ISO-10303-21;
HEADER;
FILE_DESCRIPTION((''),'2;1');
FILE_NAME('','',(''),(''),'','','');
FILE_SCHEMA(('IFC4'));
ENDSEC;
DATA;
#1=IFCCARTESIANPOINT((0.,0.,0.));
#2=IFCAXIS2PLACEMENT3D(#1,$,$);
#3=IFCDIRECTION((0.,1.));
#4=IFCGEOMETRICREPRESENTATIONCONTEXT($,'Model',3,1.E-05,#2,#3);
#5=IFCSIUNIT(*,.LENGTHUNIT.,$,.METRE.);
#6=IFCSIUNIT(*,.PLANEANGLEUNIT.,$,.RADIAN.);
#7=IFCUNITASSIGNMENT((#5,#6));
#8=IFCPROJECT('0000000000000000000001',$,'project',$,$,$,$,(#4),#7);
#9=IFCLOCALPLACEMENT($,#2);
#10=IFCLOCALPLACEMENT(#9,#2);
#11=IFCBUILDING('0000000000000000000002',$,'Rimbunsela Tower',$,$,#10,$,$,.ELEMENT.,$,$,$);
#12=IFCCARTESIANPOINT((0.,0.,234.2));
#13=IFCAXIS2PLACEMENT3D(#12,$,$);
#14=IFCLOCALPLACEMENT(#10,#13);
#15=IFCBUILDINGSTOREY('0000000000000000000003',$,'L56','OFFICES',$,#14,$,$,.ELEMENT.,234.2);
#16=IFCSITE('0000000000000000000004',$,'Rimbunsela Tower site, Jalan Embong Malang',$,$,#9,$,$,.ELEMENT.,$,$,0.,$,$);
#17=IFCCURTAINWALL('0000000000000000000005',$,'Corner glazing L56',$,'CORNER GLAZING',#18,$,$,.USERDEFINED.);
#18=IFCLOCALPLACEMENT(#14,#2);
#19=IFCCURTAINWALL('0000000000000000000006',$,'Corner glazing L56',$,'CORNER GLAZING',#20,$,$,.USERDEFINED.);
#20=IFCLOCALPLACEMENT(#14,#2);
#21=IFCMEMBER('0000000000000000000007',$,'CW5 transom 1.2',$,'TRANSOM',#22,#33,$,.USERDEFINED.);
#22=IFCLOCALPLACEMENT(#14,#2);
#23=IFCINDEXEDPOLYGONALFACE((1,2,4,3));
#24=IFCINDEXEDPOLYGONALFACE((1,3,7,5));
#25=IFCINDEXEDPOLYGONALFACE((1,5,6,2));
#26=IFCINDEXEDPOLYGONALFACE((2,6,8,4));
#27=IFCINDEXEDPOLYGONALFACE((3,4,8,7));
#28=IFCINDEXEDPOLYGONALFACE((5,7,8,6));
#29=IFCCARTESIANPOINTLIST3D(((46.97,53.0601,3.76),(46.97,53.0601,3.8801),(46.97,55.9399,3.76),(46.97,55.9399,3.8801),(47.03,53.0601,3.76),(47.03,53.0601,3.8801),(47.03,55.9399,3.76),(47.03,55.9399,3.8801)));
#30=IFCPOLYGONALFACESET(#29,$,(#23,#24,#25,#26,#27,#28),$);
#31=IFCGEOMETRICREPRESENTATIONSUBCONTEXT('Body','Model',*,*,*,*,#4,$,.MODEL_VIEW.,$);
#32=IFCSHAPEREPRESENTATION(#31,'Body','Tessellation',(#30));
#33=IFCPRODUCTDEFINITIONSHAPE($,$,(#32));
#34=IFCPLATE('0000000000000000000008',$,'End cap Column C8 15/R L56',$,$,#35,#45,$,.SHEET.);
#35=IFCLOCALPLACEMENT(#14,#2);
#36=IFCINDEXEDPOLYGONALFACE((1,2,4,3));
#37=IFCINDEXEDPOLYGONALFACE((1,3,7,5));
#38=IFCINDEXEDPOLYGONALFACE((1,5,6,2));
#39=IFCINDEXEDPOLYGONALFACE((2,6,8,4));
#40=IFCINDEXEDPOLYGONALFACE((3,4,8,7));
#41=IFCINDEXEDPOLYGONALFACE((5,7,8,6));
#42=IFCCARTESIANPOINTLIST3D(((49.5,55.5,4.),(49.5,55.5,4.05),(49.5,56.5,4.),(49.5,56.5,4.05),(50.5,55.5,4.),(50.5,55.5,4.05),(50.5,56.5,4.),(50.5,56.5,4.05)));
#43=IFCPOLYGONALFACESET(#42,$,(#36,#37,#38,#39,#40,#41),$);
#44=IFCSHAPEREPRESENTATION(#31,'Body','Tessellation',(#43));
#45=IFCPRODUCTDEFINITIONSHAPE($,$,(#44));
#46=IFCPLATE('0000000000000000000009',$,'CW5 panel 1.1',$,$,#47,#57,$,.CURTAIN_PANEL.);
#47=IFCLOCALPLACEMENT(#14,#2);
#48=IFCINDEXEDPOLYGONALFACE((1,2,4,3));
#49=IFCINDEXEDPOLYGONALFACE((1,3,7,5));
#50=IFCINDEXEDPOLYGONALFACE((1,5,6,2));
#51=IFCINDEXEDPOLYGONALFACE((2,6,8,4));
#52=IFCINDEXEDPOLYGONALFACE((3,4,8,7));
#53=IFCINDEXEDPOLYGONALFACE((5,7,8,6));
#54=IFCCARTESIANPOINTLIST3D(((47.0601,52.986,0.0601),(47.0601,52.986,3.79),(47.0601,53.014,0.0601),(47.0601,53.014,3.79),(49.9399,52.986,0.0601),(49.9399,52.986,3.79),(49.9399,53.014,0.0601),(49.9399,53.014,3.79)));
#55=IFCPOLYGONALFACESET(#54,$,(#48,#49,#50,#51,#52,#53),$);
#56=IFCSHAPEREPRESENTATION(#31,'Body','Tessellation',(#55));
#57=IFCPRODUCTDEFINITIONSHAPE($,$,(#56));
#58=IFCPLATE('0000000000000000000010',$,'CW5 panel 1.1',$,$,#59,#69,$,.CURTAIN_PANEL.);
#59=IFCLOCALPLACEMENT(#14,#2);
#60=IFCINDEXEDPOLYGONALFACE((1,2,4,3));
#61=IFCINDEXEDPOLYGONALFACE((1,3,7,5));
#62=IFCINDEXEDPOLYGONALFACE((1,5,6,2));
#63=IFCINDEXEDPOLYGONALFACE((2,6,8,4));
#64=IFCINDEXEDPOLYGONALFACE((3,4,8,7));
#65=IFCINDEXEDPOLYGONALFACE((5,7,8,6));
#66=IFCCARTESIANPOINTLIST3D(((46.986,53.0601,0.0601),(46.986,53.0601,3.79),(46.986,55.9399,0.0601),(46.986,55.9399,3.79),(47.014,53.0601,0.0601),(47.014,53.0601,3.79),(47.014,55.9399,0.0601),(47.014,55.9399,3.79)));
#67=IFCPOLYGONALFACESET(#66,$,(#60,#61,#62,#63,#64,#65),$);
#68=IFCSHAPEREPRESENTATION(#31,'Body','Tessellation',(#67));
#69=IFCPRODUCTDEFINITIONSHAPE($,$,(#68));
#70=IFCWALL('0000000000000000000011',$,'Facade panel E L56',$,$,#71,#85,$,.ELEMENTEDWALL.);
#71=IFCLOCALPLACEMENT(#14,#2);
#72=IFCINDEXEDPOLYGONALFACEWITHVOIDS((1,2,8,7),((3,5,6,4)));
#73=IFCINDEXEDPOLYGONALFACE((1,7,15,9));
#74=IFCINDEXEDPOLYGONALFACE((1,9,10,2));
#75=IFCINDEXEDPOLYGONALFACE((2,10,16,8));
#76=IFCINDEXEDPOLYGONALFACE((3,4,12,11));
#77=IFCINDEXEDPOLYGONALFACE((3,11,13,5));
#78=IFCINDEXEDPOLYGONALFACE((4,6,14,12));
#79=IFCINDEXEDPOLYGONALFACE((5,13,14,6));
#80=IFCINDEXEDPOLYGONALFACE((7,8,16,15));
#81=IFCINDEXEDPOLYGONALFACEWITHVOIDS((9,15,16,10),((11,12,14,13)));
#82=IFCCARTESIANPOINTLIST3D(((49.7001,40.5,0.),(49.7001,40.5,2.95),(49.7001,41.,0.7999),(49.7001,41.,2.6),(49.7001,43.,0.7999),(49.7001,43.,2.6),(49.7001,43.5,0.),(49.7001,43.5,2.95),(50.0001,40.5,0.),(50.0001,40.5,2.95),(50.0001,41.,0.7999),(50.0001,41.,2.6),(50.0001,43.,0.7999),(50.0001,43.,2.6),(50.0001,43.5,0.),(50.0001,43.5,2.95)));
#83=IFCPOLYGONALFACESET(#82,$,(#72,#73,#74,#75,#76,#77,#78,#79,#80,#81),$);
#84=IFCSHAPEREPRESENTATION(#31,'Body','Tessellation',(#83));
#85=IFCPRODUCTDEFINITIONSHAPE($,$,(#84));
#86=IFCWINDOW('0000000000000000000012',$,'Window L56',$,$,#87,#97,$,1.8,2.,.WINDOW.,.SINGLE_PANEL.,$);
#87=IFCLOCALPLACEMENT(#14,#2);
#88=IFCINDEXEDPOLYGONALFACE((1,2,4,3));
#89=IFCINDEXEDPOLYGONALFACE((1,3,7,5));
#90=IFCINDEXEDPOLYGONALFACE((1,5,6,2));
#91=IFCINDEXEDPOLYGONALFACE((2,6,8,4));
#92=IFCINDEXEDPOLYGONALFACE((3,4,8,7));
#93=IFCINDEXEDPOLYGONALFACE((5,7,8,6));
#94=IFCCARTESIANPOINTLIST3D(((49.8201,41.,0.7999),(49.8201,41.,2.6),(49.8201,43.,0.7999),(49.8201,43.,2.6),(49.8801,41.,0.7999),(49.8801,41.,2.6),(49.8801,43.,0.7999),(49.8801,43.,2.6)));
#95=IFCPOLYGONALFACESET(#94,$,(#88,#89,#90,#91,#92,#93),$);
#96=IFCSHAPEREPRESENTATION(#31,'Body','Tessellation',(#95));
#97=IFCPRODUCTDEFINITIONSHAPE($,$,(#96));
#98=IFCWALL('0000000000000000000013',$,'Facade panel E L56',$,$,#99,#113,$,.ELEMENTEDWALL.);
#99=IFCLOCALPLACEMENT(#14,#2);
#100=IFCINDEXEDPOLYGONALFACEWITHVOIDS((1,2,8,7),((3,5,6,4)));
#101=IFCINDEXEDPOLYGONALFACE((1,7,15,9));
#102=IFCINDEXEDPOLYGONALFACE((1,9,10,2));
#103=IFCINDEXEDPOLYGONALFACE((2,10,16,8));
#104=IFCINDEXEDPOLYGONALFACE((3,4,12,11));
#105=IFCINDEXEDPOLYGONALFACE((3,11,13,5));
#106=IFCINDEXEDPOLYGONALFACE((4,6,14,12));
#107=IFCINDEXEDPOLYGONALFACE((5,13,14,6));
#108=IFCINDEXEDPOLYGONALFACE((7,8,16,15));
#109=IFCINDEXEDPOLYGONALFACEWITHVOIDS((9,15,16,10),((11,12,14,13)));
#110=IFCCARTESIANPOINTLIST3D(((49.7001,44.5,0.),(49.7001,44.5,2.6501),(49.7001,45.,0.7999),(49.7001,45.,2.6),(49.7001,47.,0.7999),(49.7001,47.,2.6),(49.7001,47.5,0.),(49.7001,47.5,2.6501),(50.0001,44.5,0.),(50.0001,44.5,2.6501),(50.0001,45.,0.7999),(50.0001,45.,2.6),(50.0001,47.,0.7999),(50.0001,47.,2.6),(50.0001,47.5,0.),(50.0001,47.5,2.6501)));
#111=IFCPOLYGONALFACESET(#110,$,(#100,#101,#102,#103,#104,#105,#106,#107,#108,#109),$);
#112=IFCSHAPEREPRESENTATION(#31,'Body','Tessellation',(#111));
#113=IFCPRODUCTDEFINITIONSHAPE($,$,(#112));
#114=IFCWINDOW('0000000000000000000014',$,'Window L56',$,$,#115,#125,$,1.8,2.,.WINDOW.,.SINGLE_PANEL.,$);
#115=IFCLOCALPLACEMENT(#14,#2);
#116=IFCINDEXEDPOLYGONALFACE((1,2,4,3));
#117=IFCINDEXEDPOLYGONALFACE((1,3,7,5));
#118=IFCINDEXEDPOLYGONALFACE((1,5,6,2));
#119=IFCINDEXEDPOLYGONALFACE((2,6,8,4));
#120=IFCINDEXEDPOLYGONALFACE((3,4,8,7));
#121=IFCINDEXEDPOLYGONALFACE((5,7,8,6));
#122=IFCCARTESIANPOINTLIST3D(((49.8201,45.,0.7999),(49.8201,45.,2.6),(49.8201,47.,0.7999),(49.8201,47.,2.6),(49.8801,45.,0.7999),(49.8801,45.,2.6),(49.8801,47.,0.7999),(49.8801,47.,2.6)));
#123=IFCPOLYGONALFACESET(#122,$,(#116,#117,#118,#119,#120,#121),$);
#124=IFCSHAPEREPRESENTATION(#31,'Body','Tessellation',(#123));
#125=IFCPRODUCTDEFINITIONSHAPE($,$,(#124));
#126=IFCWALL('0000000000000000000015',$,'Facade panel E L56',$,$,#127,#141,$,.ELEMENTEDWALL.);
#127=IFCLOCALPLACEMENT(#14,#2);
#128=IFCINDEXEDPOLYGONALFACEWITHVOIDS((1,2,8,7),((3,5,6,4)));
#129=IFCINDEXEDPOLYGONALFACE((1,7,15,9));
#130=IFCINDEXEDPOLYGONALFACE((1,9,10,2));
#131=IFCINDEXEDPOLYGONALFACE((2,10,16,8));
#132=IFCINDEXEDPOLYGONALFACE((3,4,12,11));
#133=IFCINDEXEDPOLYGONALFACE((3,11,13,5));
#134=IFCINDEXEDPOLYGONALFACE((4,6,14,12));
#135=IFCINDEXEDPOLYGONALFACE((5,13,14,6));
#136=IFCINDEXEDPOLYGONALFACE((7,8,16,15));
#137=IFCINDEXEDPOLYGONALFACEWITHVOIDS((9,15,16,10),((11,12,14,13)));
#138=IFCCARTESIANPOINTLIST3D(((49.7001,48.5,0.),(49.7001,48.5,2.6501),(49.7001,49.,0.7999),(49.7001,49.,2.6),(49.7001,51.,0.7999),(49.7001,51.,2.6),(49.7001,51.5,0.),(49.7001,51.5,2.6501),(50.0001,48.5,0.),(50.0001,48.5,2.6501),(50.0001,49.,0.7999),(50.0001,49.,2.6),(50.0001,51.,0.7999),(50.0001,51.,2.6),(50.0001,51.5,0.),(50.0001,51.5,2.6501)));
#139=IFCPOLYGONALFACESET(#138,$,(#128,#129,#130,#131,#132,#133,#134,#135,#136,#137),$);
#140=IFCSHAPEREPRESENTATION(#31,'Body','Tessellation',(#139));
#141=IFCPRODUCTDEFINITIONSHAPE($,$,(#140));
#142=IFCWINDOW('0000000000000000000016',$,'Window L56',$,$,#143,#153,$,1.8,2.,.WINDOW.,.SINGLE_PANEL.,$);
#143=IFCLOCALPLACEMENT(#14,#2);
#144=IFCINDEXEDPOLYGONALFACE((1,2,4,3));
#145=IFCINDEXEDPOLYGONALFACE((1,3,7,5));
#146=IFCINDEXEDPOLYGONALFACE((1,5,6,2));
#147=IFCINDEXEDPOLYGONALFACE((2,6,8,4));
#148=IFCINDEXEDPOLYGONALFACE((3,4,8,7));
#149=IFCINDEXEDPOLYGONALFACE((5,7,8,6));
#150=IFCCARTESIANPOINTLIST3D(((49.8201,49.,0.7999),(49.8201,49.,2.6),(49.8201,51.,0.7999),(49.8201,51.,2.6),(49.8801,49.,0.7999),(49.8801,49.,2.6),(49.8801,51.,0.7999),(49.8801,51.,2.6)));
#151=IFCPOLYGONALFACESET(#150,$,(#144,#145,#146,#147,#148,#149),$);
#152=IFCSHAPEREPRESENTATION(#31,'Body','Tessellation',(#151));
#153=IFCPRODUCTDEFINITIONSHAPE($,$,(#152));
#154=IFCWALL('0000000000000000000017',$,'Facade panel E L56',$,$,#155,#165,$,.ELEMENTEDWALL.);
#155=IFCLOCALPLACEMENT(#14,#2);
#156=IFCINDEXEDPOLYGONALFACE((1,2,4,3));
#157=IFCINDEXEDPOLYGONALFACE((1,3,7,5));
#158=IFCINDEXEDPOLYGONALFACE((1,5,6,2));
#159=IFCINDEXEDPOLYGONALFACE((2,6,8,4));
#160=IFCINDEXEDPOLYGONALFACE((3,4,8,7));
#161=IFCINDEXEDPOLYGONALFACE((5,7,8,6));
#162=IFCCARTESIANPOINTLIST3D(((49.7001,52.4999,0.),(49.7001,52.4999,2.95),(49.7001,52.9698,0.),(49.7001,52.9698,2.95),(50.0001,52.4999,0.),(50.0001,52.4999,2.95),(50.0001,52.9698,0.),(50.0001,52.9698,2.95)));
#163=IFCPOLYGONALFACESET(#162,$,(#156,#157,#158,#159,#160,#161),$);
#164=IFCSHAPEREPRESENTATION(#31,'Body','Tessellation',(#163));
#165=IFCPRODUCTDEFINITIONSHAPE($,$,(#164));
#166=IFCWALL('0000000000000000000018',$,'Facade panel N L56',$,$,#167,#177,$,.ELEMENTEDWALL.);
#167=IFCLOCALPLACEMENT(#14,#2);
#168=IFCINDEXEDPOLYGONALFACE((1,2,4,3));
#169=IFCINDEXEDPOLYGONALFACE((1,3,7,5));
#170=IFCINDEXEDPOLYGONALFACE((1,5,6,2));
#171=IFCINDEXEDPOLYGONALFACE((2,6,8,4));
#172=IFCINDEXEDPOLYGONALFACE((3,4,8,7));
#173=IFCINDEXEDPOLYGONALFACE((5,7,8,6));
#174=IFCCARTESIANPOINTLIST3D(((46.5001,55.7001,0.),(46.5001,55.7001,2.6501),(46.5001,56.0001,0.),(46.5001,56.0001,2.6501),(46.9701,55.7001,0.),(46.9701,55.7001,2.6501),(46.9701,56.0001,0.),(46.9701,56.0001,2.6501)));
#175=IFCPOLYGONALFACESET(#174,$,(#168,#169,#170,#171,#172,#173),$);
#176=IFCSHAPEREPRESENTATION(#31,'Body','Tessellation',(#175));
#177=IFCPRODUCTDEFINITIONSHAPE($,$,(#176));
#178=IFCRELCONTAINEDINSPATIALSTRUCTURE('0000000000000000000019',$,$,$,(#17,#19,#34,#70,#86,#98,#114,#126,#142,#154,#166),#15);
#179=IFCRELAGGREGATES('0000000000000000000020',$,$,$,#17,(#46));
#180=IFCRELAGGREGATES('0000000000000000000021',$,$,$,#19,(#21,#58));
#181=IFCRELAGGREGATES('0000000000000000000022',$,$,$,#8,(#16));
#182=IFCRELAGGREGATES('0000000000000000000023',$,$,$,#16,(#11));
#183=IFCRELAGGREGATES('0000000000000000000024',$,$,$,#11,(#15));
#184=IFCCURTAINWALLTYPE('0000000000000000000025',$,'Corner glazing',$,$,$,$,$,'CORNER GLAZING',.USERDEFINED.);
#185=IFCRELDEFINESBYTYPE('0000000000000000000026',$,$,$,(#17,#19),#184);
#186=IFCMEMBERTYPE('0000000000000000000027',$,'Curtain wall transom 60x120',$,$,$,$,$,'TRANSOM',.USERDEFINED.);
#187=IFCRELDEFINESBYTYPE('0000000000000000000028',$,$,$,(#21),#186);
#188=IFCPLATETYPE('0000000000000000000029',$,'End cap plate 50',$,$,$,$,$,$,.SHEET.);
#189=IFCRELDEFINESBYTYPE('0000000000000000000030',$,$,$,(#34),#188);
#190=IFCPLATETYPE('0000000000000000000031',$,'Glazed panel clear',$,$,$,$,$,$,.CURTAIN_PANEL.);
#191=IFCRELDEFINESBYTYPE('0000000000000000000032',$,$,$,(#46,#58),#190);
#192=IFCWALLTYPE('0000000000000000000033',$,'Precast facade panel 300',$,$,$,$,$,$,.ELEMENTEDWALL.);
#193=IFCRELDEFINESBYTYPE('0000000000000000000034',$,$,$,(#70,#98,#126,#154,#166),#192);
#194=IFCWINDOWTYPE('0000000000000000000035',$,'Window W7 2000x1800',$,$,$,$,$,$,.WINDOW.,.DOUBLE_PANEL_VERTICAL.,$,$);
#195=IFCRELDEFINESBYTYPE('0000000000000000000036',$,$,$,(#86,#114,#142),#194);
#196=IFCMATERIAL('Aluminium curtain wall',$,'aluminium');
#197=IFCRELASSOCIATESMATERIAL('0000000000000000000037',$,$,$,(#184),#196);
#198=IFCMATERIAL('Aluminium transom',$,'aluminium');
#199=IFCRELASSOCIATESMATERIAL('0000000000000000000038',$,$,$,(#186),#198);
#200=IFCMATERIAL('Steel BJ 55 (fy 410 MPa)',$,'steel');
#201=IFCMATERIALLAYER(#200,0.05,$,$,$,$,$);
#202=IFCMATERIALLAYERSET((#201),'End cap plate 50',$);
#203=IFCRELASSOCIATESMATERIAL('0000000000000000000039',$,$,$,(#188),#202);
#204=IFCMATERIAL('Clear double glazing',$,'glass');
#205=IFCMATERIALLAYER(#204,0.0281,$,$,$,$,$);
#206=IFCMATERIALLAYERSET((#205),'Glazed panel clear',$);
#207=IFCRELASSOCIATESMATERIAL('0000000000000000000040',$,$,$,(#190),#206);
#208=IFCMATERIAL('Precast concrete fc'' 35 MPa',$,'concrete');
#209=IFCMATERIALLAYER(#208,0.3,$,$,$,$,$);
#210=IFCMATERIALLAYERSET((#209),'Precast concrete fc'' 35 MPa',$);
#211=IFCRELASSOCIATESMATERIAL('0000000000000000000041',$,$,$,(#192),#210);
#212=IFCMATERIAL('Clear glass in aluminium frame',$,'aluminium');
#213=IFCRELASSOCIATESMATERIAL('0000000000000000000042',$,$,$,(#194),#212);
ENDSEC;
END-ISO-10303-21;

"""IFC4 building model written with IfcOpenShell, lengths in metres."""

from ifc_helpers import new_model, si_unit, direction, frame, frame_2d, origin, origin_2d, place, context, subcontext, project, spatial, rectangle, extrude, material, layer, layer_set, material_profile, profile_set, type_object, element, fill, aggregate, save


model = new_model("IFC4")

# Units and contexts
model_context = context("Model", 3, precision=1e-05, world=origin(), true_north=direction((0.0, 1.0)))
body_context = subcontext(model_context, "Body", "Model", "MODEL_VIEW")
ifc_project = project(units=[si_unit("LENGTHUNIT", "METRE"), si_unit("PLANEANGLEUNIT", "RADIAN")], contexts=[model_context])

# Site, building, storey
site_placement = place(None, origin())
site = spatial("IfcSite", under=ifc_project, at=site_placement, Name="Rimbunsela Tower site, Jalan Embong Malang", CompositionType="ELEMENT", RefElevation=0.0)
building_placement = place(site_placement, origin())
building = spatial("IfcBuilding", under=site, at=building_placement, Name="Rimbunsela Tower", CompositionType="ELEMENT")
storey_placement = place(building_placement, frame((0.0, 0.0, 234.2)))
storey = spatial("IfcBuildingStorey", under=building, at=storey_placement, Name="L56", Description="OFFICES", CompositionType="ELEMENT", Elevation=234.2)

# Curtain walls
ifc_material_1 = material(Name="Aluminium curtain wall", Category="aluminium")
curtain_wall_type = type_object("IfcCurtainWallType", Name="Corner glazing", ElementType="CORNER GLAZING", PredefinedType="USERDEFINED", material=ifc_material_1)
curtain_wall_1_placement = place(storey_placement, origin())
curtain_wall_1 = element("IfcCurtainWall", 1, at=curtain_wall_1_placement, inside=storey, type_object=curtain_wall_type, Name="Corner glazing L56", ObjectType="CORNER GLAZING", PredefinedType="USERDEFINED")
curtain_wall_2_placement = place(storey_placement, origin())
curtain_wall_2 = element("IfcCurtainWall", 2, at=curtain_wall_2_placement, inside=storey, type_object=curtain_wall_type, Name="Corner glazing L56", ObjectType="CORNER GLAZING", PredefinedType="USERDEFINED")

# Member
ifc_material_2 = material(Name="Aluminium transom", Category="aluminium")
ifc_material_profile_1 = material_profile(ifc_material_2, rectangle(XDim=0.0601, YDim=0.1201, at=origin_2d()), Name="Transom 60x120")
ifc_profile_set_1 = profile_set([ifc_material_profile_1], Name="Aluminium transom")
member_type_1 = type_object("IfcMemberType", Name="Curtain wall transom 60x120", ElementType="TRANSOM", PredefinedType="USERDEFINED", material=ifc_profile_set_1)
member_1_placement = place(storey_placement, frame((47.0, 53.0601, 3.8201), z_axis=(0.0, 1.0, 0.0), x_axis=(-1.0, 0.0, 0.0)))
member_1 = element("IfcMember", 3, at=member_1_placement, type_object=member_type_1, Name="CW5 transom 1.2", ObjectType="TRANSOM", PredefinedType="USERDEFINED", context=body_context, shape_type="SweptSolid", body=[
    extrude(rectangle(XDim=0.0601, YDim=0.1201, at=origin_2d()), origin(), (0.0, 0.0, 1.0), 2.8799),
])

# Plates
ifc_material_3 = material(Name="Steel BJ 55 (fy 410 MPa)", Category="steel")
ifc_layer_1 = layer(ifc_material_3, 0.05)
ifc_layer_set_1 = layer_set([ifc_layer_1], Name="End cap plate 50")
plate_type_1 = type_object("IfcPlateType", Name="End cap plate 50", PredefinedType="SHEET", material=ifc_layer_set_1)
plate_1_placement = place(storey_placement, frame((50.0, 56.0, 4.0), z_axis=(0.0, 0.0, 1.0), x_axis=(1.0, 0.0, 0.0)))
element("IfcPlate", 4, at=plate_1_placement, inside=storey, type_object=plate_type_1, Name="End cap Column C8 15/R L56", PredefinedType="SHEET", context=body_context, shape_type="SweptSolid", body=[
    extrude(rectangle(XDim=1.0, YDim=1.0, at=origin_2d()), origin(), (0.0, 0.0, 1.0), 0.05),
])
ifc_material_4 = material(Name="Clear double glazing", Category="glass")
ifc_layer_2 = layer(ifc_material_4, 0.0281)
ifc_layer_set_2 = layer_set([ifc_layer_2], Name="Glazed panel clear")
plate_type_2 = type_object("IfcPlateType", Name="Glazed panel clear", PredefinedType="CURTAIN_PANEL", material=ifc_layer_set_2)
plate_2_placement = place(storey_placement, frame((48.5, 53.0, 0.0601), z_axis=(0.0, 0.0, 1.0), x_axis=(-1.0, 0.0, 0.0)))
plate_2 = element("IfcPlate", 5, at=plate_2_placement, type_object=plate_type_2, Name="CW5 panel 1.1", PredefinedType="CURTAIN_PANEL", context=body_context, shape_type="SweptSolid", body=[
    extrude(rectangle(XDim=2.8799, YDim=0.0281, at=origin_2d()), origin(), (0.0, 0.0, 1.0), 3.73),
])
aggregate(curtain_wall_1, [plate_2])
plate_3_placement = place(storey_placement, frame((47.0, 54.5, 0.0601), z_axis=(0.0, 0.0, 1.0), x_axis=(0.0, 1.0, 0.0)))
plate_3 = element("IfcPlate", 6, at=plate_3_placement, type_object=plate_type_2, Name="CW5 panel 1.1", PredefinedType="CURTAIN_PANEL", context=body_context, shape_type="SweptSolid", body=[
    extrude(rectangle(XDim=2.8799, YDim=0.0281, at=origin_2d()), origin(), (0.0, 0.0, 1.0), 3.73),
])
aggregate(curtain_wall_2, [member_1, plate_3])

# Walls, openings, windows
ifc_material_5 = material(Name="Precast concrete fc' 35 MPa", Category="concrete")
ifc_layer_3 = layer(ifc_material_5, 0.3)
ifc_layer_set_3 = layer_set([ifc_layer_3], Name="Precast concrete fc' 35 MPa")
wall_type = type_object("IfcWallType", Name="Precast facade panel 300", PredefinedType="ELEMENTEDWALL", material=ifc_layer_set_3)
wall_1_placement = place(storey_placement, frame((49.8501, 40.5, 0.0), z_axis=(0.0, 0.0, 1.0), x_axis=(0.0, 1.0, 0.0)))
wall_1 = element("IfcWall", 7, at=wall_1_placement, inside=storey, type_object=wall_type, Name="Facade panel E L56", PredefinedType="ELEMENTEDWALL", context=body_context, shape_type="SweptSolid", body=[
    extrude(rectangle(XDim=3.0, YDim=0.3, at=frame_2d((1.5, 0.0))), origin(), (0.0, 0.0, 1.0), 2.95),
])
opening_1_placement = place(wall_1_placement, frame((0.5, 0.0, 0.8)))
opening_1 = element("IfcOpeningElement", 8, at=opening_1_placement, cuts=wall_1, PredefinedType="OPENING", context=body_context, shape_type="SweptSolid", body=[
    extrude(rectangle(XDim=2.0, YDim=1.8, at=frame_2d((1.0, 0.8999))), frame((0.0, 0.1599, 0.0), z_axis=(0.0, -1.0, 0.0), x_axis=(1.0, 0.0, 0.0)), (0.0, 0.0, 1.0), 0.3201),
])
ifc_material_6 = material(Name="Clear glass in aluminium frame", Category="aluminium")
window_type = type_object("IfcWindowType", Name="Window W7 2000x1800", PartitioningType="DOUBLE_PANEL_VERTICAL", PredefinedType="WINDOW", material=ifc_material_6)
window_1_placement = place(opening_1_placement, origin())
window_1 = element("IfcWindow", 9, at=window_1_placement, inside=storey, type_object=window_type, Name="Window L56", OverallHeight=1.8, OverallWidth=2.0, PartitioningType="SINGLE_PANEL", PredefinedType="WINDOW", context=body_context, shape_type="SweptSolid", body=[
    extrude(rectangle(XDim=2.0, YDim=1.8, at=frame_2d((1.0, 0.8999))), frame((0.0, 0.03, 0.0), z_axis=(0.0, -1.0, 0.0), x_axis=(1.0, 0.0, 0.0)), (0.0, 0.0, 1.0), 0.0601),
])
fill(opening_1, window_1)
wall_2_placement = place(storey_placement, frame((49.8501, 44.5, 0.0), z_axis=(0.0, 0.0, 1.0), x_axis=(0.0, 1.0, 0.0)))
wall_2 = element("IfcWall", 10, at=wall_2_placement, inside=storey, type_object=wall_type, Name="Facade panel E L56", PredefinedType="ELEMENTEDWALL", context=body_context, shape_type="SweptSolid", body=[
    extrude(rectangle(XDim=3.0, YDim=0.3, at=frame_2d((1.5, 0.0))), origin(), (0.0, 0.0, 1.0), 2.6501),
])
opening_2_placement = place(wall_2_placement, frame((0.5, 0.0, 0.8)))
opening_2 = element("IfcOpeningElement", 11, at=opening_2_placement, cuts=wall_2, PredefinedType="OPENING", context=body_context, shape_type="SweptSolid", body=[
    extrude(rectangle(XDim=2.0, YDim=1.8, at=frame_2d((1.0, 0.8999))), frame((0.0, 0.1599, 0.0), z_axis=(0.0, -1.0, 0.0), x_axis=(1.0, 0.0, 0.0)), (0.0, 0.0, 1.0), 0.3201),
])
window_2_placement = place(opening_2_placement, origin())
window_2 = element("IfcWindow", 12, at=window_2_placement, inside=storey, type_object=window_type, Name="Window L56", OverallHeight=1.8, OverallWidth=2.0, PartitioningType="SINGLE_PANEL", PredefinedType="WINDOW", context=body_context, shape_type="SweptSolid", body=[
    extrude(rectangle(XDim=2.0, YDim=1.8, at=frame_2d((1.0, 0.8999))), frame((0.0, 0.03, 0.0), z_axis=(0.0, -1.0, 0.0), x_axis=(1.0, 0.0, 0.0)), (0.0, 0.0, 1.0), 0.0601),
])
fill(opening_2, window_2)
wall_3_placement = place(storey_placement, frame((49.8501, 48.5, 0.0), z_axis=(0.0, 0.0, 1.0), x_axis=(0.0, 1.0, 0.0)))
wall_3 = element("IfcWall", 13, at=wall_3_placement, inside=storey, type_object=wall_type, Name="Facade panel E L56", PredefinedType="ELEMENTEDWALL", context=body_context, shape_type="SweptSolid", body=[
    extrude(rectangle(XDim=3.0, YDim=0.3, at=frame_2d((1.5, 0.0))), origin(), (0.0, 0.0, 1.0), 2.6501),
])
opening_3_placement = place(wall_3_placement, frame((0.5, 0.0, 0.8)))
opening_3 = element("IfcOpeningElement", 14, at=opening_3_placement, cuts=wall_3, PredefinedType="OPENING", context=body_context, shape_type="SweptSolid", body=[
    extrude(rectangle(XDim=2.0, YDim=1.8, at=frame_2d((1.0, 0.8999))), frame((0.0, 0.1599, 0.0), z_axis=(0.0, -1.0, 0.0), x_axis=(1.0, 0.0, 0.0)), (0.0, 0.0, 1.0), 0.3201),
])
window_3_placement = place(opening_3_placement, origin())
window_3 = element("IfcWindow", 15, at=window_3_placement, inside=storey, type_object=window_type, Name="Window L56", OverallHeight=1.8, OverallWidth=2.0, PartitioningType="SINGLE_PANEL", PredefinedType="WINDOW", context=body_context, shape_type="SweptSolid", body=[
    extrude(rectangle(XDim=2.0, YDim=1.8, at=frame_2d((1.0, 0.8999))), frame((0.0, 0.03, 0.0), z_axis=(0.0, -1.0, 0.0), x_axis=(1.0, 0.0, 0.0)), (0.0, 0.0, 1.0), 0.0601),
])
fill(opening_3, window_3)

# Walls
wall_4_placement = place(storey_placement, frame((49.8501, 52.5, 0.0), z_axis=(0.0, 0.0, 1.0), x_axis=(0.0, 1.0, 0.0)))
element("IfcWall", 16, at=wall_4_placement, inside=storey, type_object=wall_type, Name="Facade panel E L56", PredefinedType="ELEMENTEDWALL", context=body_context, shape_type="SweptSolid", body=[
    extrude(rectangle(XDim=0.47, YDim=0.3, at=frame_2d((0.2349, 0.0))), origin(), (0.0, 0.0, 1.0), 2.95),
])
wall_5_placement = place(storey_placement, frame((46.97, 55.8501, 0.0), z_axis=(0.0, 0.0, 1.0), x_axis=(-1.0, 0.0, 0.0)))
element("IfcWall", 17, at=wall_5_placement, inside=storey, type_object=wall_type, Name="Facade panel N L56", PredefinedType="ELEMENTEDWALL", context=body_context, shape_type="SweptSolid", body=[
    extrude(rectangle(XDim=0.47, YDim=0.3, at=frame_2d((0.2349, 0.0))), origin(), (0.0, 0.0, 1.0), 2.6501),
])

save(model, "model.ifc")
